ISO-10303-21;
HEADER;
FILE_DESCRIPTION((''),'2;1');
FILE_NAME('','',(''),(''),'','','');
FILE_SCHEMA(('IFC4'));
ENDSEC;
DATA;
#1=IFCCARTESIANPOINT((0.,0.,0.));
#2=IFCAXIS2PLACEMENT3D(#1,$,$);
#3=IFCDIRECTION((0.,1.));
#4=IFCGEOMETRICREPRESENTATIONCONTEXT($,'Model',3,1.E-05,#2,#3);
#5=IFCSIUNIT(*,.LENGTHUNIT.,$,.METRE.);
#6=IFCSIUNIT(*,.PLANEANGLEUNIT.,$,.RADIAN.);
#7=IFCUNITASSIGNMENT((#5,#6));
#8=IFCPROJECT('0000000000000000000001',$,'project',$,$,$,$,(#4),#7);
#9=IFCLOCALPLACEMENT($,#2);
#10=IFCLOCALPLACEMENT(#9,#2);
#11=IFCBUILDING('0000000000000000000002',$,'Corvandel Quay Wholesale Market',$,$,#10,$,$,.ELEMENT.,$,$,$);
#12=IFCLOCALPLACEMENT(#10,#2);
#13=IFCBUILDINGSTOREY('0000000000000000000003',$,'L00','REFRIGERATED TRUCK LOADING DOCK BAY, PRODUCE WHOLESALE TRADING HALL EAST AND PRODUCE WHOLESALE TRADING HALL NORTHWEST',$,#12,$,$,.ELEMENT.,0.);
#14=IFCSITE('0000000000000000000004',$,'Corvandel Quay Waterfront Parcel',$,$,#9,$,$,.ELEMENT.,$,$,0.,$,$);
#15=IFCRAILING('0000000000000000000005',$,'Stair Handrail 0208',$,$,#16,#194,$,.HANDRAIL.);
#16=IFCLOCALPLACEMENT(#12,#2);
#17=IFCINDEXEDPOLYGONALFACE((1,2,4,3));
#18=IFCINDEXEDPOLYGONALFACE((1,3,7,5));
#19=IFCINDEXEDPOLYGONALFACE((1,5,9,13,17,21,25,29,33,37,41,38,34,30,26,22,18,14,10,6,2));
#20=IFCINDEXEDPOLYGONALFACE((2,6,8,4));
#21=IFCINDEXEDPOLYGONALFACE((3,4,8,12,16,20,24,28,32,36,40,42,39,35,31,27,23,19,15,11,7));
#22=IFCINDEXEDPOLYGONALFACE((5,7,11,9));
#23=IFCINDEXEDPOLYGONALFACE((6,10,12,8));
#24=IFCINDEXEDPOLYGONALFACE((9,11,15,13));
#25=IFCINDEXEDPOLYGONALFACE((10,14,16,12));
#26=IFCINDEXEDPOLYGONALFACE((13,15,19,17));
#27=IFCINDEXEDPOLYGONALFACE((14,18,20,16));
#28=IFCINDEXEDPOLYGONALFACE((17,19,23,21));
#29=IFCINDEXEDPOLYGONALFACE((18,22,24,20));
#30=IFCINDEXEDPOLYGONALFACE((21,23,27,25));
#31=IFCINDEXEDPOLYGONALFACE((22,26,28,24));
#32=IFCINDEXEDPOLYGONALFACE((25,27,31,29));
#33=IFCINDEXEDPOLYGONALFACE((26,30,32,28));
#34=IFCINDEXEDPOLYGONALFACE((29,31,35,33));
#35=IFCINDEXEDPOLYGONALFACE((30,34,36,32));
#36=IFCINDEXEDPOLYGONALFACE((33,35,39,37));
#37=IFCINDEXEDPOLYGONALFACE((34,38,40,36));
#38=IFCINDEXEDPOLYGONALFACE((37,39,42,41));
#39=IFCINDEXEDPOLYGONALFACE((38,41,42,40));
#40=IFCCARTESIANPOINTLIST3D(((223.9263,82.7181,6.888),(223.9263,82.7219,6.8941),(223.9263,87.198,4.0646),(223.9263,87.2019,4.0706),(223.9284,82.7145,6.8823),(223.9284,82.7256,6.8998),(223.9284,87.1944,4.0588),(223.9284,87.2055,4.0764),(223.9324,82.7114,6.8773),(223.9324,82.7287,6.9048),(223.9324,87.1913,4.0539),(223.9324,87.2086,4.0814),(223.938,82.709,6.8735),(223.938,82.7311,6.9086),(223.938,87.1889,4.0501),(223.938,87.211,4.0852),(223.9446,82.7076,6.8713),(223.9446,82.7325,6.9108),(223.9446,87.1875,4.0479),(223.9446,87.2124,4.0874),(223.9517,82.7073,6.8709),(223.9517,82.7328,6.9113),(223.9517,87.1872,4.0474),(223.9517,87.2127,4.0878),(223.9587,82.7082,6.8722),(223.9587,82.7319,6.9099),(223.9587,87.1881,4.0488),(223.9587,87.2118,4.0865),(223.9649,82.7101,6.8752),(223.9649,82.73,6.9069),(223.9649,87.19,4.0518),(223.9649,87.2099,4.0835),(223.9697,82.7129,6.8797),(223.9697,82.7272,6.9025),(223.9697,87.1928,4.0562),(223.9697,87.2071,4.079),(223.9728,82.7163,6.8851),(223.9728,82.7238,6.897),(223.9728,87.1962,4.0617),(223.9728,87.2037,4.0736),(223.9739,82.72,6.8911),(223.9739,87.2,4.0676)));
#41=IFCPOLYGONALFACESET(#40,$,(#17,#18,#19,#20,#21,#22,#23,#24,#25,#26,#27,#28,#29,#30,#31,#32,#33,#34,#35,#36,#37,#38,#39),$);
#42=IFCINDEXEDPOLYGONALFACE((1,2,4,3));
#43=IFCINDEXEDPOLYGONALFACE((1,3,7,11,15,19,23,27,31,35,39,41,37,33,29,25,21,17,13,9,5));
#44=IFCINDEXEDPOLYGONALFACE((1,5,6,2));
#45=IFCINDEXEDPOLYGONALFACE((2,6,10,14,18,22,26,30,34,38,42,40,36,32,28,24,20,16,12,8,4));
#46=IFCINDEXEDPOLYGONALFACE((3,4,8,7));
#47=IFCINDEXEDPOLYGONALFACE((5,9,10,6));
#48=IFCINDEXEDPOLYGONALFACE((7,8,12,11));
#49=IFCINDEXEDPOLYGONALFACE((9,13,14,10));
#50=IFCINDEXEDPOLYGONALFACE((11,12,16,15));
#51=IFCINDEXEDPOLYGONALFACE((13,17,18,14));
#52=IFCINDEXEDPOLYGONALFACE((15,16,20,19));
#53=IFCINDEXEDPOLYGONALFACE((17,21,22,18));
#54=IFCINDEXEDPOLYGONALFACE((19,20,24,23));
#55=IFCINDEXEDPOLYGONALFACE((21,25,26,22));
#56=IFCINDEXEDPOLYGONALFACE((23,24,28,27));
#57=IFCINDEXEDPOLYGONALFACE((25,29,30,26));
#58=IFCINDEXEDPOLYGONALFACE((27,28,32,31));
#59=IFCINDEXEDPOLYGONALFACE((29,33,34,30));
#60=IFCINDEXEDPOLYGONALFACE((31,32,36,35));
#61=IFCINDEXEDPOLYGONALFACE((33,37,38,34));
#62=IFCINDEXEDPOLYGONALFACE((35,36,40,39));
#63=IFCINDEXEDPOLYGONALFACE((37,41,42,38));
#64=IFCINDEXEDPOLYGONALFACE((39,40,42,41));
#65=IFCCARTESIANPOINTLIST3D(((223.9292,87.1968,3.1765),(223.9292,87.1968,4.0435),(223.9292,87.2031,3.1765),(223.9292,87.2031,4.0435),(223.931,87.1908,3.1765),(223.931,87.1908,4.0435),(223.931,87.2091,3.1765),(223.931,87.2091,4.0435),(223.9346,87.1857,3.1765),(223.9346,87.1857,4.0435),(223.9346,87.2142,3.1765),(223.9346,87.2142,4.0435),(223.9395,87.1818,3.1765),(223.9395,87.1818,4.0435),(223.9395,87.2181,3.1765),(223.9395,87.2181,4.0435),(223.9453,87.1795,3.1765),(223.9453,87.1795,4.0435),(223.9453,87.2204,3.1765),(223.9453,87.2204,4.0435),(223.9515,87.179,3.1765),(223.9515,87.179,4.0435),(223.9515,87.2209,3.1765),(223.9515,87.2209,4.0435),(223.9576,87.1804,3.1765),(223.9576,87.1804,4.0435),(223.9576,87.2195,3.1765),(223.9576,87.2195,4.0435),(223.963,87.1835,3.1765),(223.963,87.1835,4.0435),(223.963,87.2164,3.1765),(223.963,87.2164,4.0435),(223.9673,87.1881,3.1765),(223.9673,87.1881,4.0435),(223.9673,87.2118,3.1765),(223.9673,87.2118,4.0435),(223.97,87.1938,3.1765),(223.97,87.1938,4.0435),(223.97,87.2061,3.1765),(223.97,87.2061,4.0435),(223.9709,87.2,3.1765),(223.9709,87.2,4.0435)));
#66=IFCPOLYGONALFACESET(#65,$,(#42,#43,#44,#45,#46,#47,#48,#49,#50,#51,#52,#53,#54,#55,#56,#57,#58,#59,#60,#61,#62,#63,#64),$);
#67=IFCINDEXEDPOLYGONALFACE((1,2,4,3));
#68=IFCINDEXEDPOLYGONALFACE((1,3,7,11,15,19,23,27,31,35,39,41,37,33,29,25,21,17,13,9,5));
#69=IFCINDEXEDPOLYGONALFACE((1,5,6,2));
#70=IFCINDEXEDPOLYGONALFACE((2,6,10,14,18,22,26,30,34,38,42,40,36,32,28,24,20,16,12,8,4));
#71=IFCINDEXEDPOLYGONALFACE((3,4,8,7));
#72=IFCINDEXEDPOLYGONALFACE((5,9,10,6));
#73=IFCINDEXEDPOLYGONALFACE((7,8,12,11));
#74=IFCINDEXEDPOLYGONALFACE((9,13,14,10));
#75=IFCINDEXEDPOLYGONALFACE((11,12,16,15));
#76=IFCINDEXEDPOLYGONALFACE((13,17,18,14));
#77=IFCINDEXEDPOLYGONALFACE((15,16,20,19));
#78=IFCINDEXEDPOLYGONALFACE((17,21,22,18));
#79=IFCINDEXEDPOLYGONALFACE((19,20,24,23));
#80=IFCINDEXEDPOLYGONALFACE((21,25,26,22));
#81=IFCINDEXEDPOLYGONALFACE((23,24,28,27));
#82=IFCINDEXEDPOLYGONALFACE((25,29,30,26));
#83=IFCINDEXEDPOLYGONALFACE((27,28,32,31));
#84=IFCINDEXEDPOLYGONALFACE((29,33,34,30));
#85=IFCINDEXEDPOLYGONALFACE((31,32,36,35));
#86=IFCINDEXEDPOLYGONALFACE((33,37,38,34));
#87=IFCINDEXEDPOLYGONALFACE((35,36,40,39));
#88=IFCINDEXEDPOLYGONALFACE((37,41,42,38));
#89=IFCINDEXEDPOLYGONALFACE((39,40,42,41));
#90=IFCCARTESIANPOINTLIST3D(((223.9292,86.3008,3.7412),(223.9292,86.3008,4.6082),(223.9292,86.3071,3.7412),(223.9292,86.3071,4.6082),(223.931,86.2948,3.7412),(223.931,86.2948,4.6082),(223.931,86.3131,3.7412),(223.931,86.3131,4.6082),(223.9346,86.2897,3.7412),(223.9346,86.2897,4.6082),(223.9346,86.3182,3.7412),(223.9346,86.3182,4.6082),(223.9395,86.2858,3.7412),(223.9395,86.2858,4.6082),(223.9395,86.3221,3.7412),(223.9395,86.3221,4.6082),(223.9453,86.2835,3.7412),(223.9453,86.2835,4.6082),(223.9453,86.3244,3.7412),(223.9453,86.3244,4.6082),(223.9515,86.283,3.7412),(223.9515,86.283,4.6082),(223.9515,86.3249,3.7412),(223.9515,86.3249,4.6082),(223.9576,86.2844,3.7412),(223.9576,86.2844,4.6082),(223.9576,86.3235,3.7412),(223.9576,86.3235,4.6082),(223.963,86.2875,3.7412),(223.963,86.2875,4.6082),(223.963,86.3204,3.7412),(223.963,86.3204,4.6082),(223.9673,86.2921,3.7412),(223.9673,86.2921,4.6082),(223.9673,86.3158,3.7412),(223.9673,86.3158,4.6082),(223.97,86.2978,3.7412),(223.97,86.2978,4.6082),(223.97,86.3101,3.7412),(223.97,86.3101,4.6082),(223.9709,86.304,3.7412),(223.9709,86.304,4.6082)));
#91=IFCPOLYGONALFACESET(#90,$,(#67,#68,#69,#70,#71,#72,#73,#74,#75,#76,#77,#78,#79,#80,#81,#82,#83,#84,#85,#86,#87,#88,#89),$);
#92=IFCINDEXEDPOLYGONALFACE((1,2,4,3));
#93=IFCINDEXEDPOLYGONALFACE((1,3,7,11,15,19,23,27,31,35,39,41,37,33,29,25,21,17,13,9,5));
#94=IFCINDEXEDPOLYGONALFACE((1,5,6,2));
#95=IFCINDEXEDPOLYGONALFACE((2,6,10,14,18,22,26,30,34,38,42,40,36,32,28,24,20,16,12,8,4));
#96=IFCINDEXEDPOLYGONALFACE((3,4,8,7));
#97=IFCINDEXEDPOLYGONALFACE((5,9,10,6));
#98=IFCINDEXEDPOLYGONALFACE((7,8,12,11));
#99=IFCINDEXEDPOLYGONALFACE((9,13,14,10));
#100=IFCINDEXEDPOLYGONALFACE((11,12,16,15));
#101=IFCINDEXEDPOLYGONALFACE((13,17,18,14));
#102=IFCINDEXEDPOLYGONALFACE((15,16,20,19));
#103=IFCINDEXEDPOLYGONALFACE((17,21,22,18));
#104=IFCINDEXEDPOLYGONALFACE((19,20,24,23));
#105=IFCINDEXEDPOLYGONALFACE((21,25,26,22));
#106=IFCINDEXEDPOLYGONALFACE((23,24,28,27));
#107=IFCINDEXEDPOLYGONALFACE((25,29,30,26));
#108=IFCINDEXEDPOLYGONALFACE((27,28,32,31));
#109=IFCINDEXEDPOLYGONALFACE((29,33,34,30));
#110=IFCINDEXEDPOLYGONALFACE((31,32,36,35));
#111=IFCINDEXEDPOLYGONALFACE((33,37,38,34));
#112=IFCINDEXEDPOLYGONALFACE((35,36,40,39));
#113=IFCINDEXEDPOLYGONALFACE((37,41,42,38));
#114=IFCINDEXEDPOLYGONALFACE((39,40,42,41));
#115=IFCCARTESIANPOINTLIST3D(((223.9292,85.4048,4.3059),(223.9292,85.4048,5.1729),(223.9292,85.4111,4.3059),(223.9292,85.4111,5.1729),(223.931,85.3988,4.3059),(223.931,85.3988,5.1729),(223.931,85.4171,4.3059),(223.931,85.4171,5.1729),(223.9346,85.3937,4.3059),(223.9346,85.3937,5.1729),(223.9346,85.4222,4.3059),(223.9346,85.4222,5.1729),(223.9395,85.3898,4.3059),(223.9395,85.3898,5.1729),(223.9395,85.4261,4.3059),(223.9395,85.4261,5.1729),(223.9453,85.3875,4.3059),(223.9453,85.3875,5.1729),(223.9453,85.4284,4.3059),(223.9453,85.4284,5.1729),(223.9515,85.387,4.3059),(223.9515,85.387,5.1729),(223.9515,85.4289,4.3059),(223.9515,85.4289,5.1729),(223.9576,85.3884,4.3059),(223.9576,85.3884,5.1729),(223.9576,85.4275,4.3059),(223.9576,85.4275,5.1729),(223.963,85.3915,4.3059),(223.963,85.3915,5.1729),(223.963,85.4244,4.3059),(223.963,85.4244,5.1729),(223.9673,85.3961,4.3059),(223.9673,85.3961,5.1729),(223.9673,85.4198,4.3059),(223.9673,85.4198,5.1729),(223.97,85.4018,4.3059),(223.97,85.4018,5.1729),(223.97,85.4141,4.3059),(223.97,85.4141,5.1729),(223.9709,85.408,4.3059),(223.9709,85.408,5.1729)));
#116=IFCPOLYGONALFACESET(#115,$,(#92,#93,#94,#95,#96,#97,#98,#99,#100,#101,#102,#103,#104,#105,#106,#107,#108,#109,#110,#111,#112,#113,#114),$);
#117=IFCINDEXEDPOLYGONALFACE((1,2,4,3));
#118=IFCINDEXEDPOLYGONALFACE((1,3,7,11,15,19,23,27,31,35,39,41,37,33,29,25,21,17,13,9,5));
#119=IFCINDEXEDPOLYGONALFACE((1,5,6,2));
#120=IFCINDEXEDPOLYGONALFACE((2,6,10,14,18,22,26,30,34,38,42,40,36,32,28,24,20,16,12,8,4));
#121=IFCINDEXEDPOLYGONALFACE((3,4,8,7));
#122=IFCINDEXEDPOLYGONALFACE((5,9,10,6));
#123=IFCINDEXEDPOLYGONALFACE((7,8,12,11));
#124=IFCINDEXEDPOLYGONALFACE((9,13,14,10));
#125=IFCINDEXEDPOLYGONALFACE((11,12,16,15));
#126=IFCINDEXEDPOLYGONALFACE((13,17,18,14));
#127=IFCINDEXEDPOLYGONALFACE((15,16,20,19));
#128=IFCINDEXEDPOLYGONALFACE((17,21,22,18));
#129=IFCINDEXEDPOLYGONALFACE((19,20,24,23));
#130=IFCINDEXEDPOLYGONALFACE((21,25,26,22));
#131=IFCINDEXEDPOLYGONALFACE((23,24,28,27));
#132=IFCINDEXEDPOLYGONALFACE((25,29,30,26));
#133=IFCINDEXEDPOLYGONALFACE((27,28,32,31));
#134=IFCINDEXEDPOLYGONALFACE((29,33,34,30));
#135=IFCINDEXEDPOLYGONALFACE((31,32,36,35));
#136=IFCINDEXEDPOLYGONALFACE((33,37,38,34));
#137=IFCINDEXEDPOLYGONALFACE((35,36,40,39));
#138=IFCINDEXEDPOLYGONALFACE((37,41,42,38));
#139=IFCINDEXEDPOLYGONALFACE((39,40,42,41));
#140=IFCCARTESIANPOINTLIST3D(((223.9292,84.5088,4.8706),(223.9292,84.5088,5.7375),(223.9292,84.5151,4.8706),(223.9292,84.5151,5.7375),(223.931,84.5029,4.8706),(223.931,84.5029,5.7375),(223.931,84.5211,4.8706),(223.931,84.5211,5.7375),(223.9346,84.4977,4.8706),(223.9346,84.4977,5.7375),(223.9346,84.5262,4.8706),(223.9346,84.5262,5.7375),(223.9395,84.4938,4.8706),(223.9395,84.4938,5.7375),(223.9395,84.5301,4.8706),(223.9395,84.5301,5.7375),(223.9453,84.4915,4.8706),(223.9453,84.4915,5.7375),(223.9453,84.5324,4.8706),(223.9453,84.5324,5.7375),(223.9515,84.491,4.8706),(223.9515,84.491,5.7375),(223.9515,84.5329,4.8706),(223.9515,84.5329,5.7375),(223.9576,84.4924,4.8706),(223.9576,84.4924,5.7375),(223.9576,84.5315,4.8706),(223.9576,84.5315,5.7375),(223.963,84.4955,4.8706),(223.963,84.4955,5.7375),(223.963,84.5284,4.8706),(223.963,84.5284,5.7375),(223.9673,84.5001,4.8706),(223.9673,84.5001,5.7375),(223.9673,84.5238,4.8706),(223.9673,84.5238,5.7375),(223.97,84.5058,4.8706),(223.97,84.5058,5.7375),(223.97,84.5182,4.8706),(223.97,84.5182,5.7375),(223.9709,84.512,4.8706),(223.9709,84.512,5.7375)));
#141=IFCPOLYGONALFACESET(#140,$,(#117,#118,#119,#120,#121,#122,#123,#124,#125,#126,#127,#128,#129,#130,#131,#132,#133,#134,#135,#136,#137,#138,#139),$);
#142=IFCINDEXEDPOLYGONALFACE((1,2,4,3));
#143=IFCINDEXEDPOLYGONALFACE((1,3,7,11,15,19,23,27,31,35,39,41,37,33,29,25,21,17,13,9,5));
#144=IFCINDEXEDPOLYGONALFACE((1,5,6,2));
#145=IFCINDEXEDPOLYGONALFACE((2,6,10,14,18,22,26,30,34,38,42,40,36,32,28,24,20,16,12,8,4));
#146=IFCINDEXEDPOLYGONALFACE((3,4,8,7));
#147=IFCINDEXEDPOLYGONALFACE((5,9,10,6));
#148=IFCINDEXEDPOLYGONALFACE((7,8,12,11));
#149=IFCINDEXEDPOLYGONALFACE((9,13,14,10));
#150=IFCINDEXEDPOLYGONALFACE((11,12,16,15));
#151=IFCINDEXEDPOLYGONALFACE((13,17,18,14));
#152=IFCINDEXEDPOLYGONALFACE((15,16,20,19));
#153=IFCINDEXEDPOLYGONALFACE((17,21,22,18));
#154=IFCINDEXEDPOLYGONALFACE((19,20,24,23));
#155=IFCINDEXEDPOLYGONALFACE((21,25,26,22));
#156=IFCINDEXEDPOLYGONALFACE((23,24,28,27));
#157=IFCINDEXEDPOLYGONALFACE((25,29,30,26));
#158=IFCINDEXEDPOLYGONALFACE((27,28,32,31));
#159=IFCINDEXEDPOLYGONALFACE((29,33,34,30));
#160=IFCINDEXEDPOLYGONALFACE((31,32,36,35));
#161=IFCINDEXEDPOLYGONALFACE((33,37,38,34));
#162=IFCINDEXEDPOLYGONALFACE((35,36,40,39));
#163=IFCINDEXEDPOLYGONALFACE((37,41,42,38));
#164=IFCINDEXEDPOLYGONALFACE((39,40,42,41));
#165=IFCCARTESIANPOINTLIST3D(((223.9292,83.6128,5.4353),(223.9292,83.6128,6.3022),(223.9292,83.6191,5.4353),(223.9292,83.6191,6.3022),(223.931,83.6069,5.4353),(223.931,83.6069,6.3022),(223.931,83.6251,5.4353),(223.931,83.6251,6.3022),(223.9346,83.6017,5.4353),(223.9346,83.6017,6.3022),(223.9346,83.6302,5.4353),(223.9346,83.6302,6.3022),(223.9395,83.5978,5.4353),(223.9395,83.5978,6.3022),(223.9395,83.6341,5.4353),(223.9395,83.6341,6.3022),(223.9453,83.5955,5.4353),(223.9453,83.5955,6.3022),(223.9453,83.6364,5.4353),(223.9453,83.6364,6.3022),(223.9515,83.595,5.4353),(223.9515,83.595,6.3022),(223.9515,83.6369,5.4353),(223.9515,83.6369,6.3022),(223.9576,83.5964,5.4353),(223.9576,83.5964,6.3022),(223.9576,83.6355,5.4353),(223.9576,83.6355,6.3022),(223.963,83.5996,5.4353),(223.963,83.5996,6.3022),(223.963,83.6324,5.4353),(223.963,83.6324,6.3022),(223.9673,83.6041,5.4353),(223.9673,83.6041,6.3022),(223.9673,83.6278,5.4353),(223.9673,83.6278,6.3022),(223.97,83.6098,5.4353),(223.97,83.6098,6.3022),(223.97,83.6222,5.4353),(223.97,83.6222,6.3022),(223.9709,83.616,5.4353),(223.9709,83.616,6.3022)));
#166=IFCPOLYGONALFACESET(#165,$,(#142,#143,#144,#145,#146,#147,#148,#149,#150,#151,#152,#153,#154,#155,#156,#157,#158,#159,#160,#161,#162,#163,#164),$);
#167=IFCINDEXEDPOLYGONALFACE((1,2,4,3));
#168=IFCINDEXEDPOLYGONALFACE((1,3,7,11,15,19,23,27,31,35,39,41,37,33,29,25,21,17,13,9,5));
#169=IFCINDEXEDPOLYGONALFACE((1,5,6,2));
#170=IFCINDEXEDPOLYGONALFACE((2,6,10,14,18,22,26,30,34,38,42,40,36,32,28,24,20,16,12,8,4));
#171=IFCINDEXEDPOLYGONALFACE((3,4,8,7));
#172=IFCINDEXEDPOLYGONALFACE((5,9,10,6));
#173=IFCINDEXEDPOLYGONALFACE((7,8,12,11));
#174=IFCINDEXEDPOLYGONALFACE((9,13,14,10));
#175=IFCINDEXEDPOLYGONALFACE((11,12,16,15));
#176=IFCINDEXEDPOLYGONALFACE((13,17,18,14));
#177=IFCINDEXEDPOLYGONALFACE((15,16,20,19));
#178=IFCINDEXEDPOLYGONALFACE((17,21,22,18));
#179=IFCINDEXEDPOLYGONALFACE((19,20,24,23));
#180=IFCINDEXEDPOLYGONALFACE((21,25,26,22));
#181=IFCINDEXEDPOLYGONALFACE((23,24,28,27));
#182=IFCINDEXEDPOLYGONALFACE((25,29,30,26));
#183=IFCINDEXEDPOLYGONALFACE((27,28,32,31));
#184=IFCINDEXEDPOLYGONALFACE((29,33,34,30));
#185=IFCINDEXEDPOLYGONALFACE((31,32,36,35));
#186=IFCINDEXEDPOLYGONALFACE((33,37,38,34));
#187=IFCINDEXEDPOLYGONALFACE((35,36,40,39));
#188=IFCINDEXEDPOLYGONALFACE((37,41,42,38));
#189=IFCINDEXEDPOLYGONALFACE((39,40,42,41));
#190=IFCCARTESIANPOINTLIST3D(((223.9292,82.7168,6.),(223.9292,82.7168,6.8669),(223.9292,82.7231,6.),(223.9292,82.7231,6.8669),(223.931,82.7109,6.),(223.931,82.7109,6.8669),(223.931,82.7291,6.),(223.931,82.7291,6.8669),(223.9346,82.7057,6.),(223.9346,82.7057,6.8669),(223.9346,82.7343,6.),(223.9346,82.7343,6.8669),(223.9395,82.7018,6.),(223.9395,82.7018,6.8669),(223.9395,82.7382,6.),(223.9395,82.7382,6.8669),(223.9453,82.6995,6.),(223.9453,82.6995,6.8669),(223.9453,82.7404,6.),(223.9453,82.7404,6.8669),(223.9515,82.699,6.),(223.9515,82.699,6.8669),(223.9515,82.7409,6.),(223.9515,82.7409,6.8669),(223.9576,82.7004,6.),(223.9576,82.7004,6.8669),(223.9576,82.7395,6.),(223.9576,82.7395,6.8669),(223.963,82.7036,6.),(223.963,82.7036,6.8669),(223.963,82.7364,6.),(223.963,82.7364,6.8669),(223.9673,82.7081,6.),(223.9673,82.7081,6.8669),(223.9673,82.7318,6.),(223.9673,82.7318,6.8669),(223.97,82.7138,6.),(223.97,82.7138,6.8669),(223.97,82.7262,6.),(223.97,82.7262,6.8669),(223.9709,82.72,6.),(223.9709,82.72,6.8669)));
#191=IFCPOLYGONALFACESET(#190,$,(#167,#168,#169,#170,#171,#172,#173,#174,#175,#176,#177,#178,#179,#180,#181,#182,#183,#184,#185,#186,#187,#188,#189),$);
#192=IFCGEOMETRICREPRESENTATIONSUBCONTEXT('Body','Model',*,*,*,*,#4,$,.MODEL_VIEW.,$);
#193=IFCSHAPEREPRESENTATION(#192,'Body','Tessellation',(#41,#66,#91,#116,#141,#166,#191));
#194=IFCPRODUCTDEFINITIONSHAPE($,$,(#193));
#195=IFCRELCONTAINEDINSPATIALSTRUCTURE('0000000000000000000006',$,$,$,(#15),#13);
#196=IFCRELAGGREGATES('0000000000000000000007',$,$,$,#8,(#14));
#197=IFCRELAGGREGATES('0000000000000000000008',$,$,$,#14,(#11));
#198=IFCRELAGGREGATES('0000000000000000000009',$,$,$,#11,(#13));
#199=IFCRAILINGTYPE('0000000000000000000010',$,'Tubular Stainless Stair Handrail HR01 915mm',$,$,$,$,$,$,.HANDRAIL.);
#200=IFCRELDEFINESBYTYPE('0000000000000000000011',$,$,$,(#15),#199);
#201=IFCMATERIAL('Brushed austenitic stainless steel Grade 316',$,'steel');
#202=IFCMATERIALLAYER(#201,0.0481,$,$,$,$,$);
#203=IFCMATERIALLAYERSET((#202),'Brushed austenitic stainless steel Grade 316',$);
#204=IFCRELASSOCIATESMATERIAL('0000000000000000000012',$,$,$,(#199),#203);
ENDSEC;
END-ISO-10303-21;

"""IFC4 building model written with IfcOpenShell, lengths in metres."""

from ifc_helpers import new_model, si_unit, direction, frame, origin, origin_2d, place, context, subcontext, project, spatial, circle, extrude, material, layer, layer_set, type_object, element, save


model = new_model("IFC4")

# Units and contexts
model_context = context("Model", 3, precision=1e-05, world=origin(), true_north=direction((0.0, 1.0)))
body_context = subcontext(model_context, "Body", "Model", "MODEL_VIEW")
ifc_project = project(units=[si_unit("LENGTHUNIT", "METRE"), si_unit("PLANEANGLEUNIT", "RADIAN")], contexts=[model_context])

# Site, building, storey
site_placement = place(None, origin())
site = spatial("IfcSite", under=ifc_project, at=site_placement, Name="Corvandel Quay Waterfront Parcel", CompositionType="ELEMENT", RefElevation=0.0)
building_placement = place(site_placement, origin())
building = spatial("IfcBuilding", under=site, at=building_placement, Name="Corvandel Quay Wholesale Market", CompositionType="ELEMENT")
storey_placement = place(building_placement, origin())
storey = spatial("IfcBuildingStorey", under=building, at=storey_placement, Name="L00", Description="REFRIGERATED TRUCK LOADING DOCK BAY, PRODUCE WHOLESALE TRADING HALL EAST AND PRODUCE WHOLESALE TRADING HALL NORTHWEST", CompositionType="ELEMENT", Elevation=0.0)

# Railing
ifc_material_1 = material(Name="Brushed austenitic stainless steel Grade 316", Category="steel")
ifc_layer_1 = layer(ifc_material_1, 0.0481)
ifc_layer_set_1 = layer_set([ifc_layer_1], Name="Brushed austenitic stainless steel Grade 316")
railing_type_1 = type_object("IfcRailingType", Name="Tubular Stainless Stair Handrail HR01 915mm", PredefinedType="HANDRAIL", material=ifc_layer_set_1)
for number, where, name in (
    (1, (223.95, 87.2, 3.1765), "Stair Handrail 0208"),
):
    element("IfcRailing", number, at=place(storey_placement, frame(where)), inside=storey, type_object=railing_type_1, Name=name, PredefinedType="HANDRAIL", context=body_context, shape_type="SweptSolid", body=[
        extrude(circle(Radius=0.0239, at=origin_2d()), frame((0.0, 0.0, 0.8911), z_axis=(0.0, -0.845998, 0.533186), x_axis=(1.0, 0.0, 0.0)), (0.0, 0.0, 1.0), 5.2954),
        extrude(circle(Radius=0.021, at=origin_2d()), origin(), (0.0, 0.0, 1.0), 0.8669),
        extrude(circle(Radius=0.021, at=origin_2d()), frame((0.0, -0.896, 0.5647)), (0.0, 0.0, 1.0), 0.8669),
        extrude(circle(Radius=0.021, at=origin_2d()), frame((0.0, -1.792, 1.1294)), (0.0, 0.0, 1.0), 0.8669),
        extrude(circle(Radius=0.021, at=origin_2d()), frame((0.0, -2.688, 1.6941)), (0.0, 0.0, 1.0), 0.8669),
        extrude(circle(Radius=0.021, at=origin_2d()), frame((0.0, -3.584, 2.2588)), (0.0, 0.0, 1.0), 0.8669),
        extrude(circle(Radius=0.021, at=origin_2d()), frame((0.0, -4.48, 2.8235)), (0.0, 0.0, 1.0), 0.8669),
    ])

save(model, "model.ifc")
